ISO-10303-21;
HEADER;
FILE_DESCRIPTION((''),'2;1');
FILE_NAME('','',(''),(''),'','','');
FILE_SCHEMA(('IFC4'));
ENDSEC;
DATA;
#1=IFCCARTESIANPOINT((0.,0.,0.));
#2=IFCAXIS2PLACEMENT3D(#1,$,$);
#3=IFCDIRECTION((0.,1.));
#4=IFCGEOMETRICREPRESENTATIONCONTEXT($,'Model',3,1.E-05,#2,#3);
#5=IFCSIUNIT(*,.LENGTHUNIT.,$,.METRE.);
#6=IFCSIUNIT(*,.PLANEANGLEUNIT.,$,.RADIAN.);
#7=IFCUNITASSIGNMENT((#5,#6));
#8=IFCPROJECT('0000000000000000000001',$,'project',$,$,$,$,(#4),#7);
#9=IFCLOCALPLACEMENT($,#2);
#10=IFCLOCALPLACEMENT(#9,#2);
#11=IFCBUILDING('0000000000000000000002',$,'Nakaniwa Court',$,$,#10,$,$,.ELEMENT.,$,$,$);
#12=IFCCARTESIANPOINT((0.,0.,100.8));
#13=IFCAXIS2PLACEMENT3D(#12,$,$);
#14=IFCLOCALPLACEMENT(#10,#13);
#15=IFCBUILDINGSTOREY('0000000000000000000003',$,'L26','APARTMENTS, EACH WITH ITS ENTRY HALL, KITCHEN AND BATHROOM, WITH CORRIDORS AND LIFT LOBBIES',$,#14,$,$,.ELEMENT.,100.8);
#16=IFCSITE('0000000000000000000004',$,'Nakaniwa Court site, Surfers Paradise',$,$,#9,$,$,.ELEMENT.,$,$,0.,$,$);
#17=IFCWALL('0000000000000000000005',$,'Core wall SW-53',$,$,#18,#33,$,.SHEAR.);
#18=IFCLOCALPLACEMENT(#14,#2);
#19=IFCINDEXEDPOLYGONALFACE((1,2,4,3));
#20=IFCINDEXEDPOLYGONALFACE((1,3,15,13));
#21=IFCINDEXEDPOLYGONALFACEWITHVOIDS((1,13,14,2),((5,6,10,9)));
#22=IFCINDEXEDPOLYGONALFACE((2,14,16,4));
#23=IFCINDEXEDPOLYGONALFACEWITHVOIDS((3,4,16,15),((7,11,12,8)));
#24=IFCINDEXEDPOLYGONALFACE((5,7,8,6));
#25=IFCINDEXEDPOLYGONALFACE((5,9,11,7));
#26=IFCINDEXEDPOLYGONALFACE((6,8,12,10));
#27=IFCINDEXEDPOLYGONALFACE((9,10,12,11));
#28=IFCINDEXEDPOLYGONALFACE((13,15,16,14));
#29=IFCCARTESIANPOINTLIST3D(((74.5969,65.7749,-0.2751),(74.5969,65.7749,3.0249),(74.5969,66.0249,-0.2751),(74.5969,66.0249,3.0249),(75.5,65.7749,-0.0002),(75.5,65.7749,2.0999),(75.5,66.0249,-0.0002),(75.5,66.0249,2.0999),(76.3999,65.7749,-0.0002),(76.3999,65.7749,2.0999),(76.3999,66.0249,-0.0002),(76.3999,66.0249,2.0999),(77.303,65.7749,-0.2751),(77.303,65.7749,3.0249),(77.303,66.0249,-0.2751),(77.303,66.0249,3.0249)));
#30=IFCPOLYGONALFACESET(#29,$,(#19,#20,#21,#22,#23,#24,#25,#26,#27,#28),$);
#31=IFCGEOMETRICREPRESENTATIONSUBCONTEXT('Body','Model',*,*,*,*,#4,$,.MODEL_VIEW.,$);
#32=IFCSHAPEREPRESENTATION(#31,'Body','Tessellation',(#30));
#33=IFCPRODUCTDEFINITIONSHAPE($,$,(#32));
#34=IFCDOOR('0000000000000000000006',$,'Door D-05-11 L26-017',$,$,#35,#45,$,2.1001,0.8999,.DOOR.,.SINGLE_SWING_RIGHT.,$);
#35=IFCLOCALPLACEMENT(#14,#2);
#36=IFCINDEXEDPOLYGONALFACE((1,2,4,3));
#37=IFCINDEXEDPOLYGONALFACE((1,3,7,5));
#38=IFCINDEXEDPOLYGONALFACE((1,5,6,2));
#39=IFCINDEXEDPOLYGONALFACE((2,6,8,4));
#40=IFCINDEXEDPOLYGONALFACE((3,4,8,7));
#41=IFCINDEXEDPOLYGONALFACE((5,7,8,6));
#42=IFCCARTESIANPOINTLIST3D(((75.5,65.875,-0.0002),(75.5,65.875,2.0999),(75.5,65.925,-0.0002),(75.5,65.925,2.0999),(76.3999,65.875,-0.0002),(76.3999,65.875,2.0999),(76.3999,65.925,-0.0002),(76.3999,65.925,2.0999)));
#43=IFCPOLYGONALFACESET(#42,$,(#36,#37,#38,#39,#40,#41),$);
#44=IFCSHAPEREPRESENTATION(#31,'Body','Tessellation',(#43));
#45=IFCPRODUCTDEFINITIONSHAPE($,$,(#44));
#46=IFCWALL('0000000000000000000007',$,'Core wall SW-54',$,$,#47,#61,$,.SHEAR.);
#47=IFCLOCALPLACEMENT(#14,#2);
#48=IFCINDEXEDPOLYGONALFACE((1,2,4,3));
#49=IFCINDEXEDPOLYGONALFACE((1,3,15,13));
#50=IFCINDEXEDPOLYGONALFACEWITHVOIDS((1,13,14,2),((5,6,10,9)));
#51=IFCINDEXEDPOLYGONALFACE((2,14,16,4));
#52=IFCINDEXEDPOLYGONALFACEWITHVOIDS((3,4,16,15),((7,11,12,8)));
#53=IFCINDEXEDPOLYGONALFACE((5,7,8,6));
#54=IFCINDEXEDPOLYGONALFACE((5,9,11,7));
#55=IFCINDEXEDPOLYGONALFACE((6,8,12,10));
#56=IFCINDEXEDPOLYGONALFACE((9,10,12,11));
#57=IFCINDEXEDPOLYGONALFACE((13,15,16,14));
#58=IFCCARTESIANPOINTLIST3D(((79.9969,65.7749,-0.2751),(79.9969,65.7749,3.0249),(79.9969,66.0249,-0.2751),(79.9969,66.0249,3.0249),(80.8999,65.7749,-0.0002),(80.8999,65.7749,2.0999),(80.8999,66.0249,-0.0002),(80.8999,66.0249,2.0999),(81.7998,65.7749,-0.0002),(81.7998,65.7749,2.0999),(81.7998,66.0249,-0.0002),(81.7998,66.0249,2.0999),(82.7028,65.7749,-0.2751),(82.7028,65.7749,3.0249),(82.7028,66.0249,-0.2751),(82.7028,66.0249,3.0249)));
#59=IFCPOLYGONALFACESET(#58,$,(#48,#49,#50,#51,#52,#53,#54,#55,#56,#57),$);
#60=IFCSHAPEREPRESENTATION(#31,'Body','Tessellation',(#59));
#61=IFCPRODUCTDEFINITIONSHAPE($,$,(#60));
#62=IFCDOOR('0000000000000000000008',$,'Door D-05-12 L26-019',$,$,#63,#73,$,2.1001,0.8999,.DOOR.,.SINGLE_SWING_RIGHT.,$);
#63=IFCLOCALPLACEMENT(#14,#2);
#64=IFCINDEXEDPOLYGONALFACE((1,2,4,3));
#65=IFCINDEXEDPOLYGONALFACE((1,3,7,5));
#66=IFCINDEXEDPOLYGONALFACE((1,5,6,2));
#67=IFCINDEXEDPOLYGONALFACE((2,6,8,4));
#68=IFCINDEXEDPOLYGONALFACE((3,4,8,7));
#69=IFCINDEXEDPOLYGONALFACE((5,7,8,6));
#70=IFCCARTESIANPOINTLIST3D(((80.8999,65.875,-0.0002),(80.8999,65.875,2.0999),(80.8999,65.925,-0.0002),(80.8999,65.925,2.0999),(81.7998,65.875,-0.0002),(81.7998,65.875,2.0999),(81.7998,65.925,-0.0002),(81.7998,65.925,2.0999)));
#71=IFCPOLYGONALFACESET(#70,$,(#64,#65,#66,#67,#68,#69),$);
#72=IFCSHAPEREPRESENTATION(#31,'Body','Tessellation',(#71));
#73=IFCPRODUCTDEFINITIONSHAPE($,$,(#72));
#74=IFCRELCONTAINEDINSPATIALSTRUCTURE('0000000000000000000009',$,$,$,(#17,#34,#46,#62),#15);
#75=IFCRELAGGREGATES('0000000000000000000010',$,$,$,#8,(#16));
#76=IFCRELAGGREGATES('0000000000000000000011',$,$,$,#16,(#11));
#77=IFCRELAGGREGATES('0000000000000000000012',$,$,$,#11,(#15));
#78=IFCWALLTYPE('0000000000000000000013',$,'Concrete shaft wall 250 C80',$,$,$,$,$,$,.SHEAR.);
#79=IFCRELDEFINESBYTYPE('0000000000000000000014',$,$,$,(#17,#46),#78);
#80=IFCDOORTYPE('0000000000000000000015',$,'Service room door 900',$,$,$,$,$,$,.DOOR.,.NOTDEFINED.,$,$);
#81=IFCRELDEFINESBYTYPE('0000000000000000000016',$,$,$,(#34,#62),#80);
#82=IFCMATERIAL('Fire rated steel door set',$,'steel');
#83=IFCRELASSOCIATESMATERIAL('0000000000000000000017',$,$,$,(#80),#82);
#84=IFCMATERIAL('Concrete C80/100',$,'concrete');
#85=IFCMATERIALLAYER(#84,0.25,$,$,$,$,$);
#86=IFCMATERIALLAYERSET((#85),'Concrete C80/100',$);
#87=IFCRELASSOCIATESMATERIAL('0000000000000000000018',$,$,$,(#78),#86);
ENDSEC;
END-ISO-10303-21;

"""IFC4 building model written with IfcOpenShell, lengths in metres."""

from ifc_helpers import new_model, si_unit, direction, frame, frame_2d, origin, place, context, subcontext, project, spatial, rectangle, extrude, material, layer, layer_set, type_object, element, fill, save


model = new_model("IFC4")

# Units and contexts
model_context = context("Model", 3, precision=1e-05, world=origin(), true_north=direction((0.0, 1.0)))
body_context = subcontext(model_context, "Body", "Model", "MODEL_VIEW")
ifc_project = project(units=[si_unit("LENGTHUNIT", "METRE"), si_unit("PLANEANGLEUNIT", "RADIAN")], contexts=[model_context])

# Site, building, storey
site_placement = place(None, origin())
site = spatial("IfcSite", under=ifc_project, at=site_placement, Name="Nakaniwa Court site, Surfers Paradise", CompositionType="ELEMENT", RefElevation=0.0)
building_placement = place(site_placement, origin())
building = spatial("IfcBuilding", under=site, at=building_placement, Name="Nakaniwa Court", CompositionType="ELEMENT")
storey_placement = place(building_placement, frame((0.0, 0.0, 100.8)))
storey = spatial("IfcBuildingStorey", under=building, at=storey_placement, Name="L26", Description="APARTMENTS, EACH WITH ITS ENTRY HALL, KITCHEN AND BATHROOM, WITH CORRIDORS AND LIFT LOBBIES", CompositionType="ELEMENT", Elevation=100.8)

# Shared definitions
ifc_material_1 = material(Name="Concrete C80/100", Category="concrete")

# Shared definitions
ifc_material_2 = material(Name="Fire rated steel door set", Category="steel")
door_type_1 = type_object("IfcDoorType", Name="Service room door 900", OperationType="NOTDEFINED", PredefinedType="DOOR", material=ifc_material_2)

# Shared definitions
ifc_layer_1 = layer(ifc_material_1, 0.25)
ifc_layer_set_1 = layer_set([ifc_layer_1], Name="Concrete C80/100")
wall_type_1 = type_object("IfcWallType", Name="Concrete shaft wall 250 C80", PredefinedType="SHEAR", material=ifc_layer_set_1)

# Walls, openings, doors
wall_1_placement = place(storey_placement, frame((77.303, 65.8999, -0.2751), z_axis=(0.0, 0.0, 1.0), x_axis=(-1.0, 0.0, 0.0)))
wall_1 = element("IfcWall", 1, at=wall_1_placement, inside=storey, type_object=wall_type_1, Name="Core wall SW-53", PredefinedType="SHEAR", context=body_context, shape_type="SweptSolid", body=[
    extrude(rectangle(XDim=2.7061, YDim=0.25, at=frame_2d((1.353, 0.0))), origin(), (0.0, 0.0, 1.0), 3.3),
])
opening_1_placement = place(wall_1_placement, frame((0.9031, 0.0, 0.2749)))
opening_1 = element("IfcOpeningElement", 2, at=opening_1_placement, cuts=wall_1, PredefinedType="OPENING", context=body_context, shape_type="SweptSolid", body=[
    extrude(rectangle(XDim=0.8999, YDim=2.1001, at=frame_2d((0.45, 1.05))), frame((0.0, 0.135, 0.0), z_axis=(0.0, -1.0, 0.0), x_axis=(1.0, 0.0, 0.0)), (0.0, 0.0, 1.0), 0.27),
])
door_1_placement = place(opening_1_placement, origin())
door_1 = element("IfcDoor", 3, at=door_1_placement, inside=storey, type_object=door_type_1, Name="Door D-05-11 L26-017", OperationType="SINGLE_SWING_RIGHT", OverallHeight=2.1001, OverallWidth=0.8999, PredefinedType="DOOR", context=body_context, shape_type="SweptSolid", body=[
    extrude(rectangle(XDim=0.8999, YDim=2.1001, at=frame_2d((0.45, 1.05))), frame((0.0, 0.0249, 0.0), z_axis=(0.0, -1.0, 0.0), x_axis=(1.0, 0.0, 0.0)), (0.0, 0.0, 1.0), 0.05),
])
fill(opening_1, door_1)
wall_2_placement = place(storey_placement, frame((82.7029, 65.8999, -0.2751), z_axis=(0.0, 0.0, 1.0), x_axis=(-1.0, 0.0, 0.0)))
wall_2 = element("IfcWall", 4, at=wall_2_placement, inside=storey, type_object=wall_type_1, Name="Core wall SW-54", PredefinedType="SHEAR", context=body_context, shape_type="SweptSolid", body=[
    extrude(rectangle(XDim=2.7058, YDim=0.25, at=frame_2d((1.353, 0.0))), origin(), (0.0, 0.0, 1.0), 3.3),
])
opening_2_placement = place(wall_2_placement, frame((0.9031, 0.0, 0.2749)))
opening_2 = element("IfcOpeningElement", 5, at=opening_2_placement, cuts=wall_2, PredefinedType="OPENING", context=body_context, shape_type="SweptSolid", body=[
    extrude(rectangle(XDim=0.8999, YDim=2.1001, at=frame_2d((0.45, 1.05))), frame((0.0, 0.135, 0.0), z_axis=(0.0, -1.0, 0.0), x_axis=(1.0, 0.0, 0.0)), (0.0, 0.0, 1.0), 0.27),
])
door_2_placement = place(opening_2_placement, origin())
door_2 = element("IfcDoor", 6, at=door_2_placement, inside=storey, type_object=door_type_1, Name="Door D-05-12 L26-019", OperationType="SINGLE_SWING_RIGHT", OverallHeight=2.1001, OverallWidth=0.8999, PredefinedType="DOOR", context=body_context, shape_type="SweptSolid", body=[
    extrude(rectangle(XDim=0.8999, YDim=2.1001, at=frame_2d((0.45, 1.05))), frame((0.0, 0.0249, 0.0), z_axis=(0.0, -1.0, 0.0), x_axis=(1.0, 0.0, 0.0)), (0.0, 0.0, 1.0), 0.05),
])
fill(opening_2, door_2)

save(model, "model.ifc")
